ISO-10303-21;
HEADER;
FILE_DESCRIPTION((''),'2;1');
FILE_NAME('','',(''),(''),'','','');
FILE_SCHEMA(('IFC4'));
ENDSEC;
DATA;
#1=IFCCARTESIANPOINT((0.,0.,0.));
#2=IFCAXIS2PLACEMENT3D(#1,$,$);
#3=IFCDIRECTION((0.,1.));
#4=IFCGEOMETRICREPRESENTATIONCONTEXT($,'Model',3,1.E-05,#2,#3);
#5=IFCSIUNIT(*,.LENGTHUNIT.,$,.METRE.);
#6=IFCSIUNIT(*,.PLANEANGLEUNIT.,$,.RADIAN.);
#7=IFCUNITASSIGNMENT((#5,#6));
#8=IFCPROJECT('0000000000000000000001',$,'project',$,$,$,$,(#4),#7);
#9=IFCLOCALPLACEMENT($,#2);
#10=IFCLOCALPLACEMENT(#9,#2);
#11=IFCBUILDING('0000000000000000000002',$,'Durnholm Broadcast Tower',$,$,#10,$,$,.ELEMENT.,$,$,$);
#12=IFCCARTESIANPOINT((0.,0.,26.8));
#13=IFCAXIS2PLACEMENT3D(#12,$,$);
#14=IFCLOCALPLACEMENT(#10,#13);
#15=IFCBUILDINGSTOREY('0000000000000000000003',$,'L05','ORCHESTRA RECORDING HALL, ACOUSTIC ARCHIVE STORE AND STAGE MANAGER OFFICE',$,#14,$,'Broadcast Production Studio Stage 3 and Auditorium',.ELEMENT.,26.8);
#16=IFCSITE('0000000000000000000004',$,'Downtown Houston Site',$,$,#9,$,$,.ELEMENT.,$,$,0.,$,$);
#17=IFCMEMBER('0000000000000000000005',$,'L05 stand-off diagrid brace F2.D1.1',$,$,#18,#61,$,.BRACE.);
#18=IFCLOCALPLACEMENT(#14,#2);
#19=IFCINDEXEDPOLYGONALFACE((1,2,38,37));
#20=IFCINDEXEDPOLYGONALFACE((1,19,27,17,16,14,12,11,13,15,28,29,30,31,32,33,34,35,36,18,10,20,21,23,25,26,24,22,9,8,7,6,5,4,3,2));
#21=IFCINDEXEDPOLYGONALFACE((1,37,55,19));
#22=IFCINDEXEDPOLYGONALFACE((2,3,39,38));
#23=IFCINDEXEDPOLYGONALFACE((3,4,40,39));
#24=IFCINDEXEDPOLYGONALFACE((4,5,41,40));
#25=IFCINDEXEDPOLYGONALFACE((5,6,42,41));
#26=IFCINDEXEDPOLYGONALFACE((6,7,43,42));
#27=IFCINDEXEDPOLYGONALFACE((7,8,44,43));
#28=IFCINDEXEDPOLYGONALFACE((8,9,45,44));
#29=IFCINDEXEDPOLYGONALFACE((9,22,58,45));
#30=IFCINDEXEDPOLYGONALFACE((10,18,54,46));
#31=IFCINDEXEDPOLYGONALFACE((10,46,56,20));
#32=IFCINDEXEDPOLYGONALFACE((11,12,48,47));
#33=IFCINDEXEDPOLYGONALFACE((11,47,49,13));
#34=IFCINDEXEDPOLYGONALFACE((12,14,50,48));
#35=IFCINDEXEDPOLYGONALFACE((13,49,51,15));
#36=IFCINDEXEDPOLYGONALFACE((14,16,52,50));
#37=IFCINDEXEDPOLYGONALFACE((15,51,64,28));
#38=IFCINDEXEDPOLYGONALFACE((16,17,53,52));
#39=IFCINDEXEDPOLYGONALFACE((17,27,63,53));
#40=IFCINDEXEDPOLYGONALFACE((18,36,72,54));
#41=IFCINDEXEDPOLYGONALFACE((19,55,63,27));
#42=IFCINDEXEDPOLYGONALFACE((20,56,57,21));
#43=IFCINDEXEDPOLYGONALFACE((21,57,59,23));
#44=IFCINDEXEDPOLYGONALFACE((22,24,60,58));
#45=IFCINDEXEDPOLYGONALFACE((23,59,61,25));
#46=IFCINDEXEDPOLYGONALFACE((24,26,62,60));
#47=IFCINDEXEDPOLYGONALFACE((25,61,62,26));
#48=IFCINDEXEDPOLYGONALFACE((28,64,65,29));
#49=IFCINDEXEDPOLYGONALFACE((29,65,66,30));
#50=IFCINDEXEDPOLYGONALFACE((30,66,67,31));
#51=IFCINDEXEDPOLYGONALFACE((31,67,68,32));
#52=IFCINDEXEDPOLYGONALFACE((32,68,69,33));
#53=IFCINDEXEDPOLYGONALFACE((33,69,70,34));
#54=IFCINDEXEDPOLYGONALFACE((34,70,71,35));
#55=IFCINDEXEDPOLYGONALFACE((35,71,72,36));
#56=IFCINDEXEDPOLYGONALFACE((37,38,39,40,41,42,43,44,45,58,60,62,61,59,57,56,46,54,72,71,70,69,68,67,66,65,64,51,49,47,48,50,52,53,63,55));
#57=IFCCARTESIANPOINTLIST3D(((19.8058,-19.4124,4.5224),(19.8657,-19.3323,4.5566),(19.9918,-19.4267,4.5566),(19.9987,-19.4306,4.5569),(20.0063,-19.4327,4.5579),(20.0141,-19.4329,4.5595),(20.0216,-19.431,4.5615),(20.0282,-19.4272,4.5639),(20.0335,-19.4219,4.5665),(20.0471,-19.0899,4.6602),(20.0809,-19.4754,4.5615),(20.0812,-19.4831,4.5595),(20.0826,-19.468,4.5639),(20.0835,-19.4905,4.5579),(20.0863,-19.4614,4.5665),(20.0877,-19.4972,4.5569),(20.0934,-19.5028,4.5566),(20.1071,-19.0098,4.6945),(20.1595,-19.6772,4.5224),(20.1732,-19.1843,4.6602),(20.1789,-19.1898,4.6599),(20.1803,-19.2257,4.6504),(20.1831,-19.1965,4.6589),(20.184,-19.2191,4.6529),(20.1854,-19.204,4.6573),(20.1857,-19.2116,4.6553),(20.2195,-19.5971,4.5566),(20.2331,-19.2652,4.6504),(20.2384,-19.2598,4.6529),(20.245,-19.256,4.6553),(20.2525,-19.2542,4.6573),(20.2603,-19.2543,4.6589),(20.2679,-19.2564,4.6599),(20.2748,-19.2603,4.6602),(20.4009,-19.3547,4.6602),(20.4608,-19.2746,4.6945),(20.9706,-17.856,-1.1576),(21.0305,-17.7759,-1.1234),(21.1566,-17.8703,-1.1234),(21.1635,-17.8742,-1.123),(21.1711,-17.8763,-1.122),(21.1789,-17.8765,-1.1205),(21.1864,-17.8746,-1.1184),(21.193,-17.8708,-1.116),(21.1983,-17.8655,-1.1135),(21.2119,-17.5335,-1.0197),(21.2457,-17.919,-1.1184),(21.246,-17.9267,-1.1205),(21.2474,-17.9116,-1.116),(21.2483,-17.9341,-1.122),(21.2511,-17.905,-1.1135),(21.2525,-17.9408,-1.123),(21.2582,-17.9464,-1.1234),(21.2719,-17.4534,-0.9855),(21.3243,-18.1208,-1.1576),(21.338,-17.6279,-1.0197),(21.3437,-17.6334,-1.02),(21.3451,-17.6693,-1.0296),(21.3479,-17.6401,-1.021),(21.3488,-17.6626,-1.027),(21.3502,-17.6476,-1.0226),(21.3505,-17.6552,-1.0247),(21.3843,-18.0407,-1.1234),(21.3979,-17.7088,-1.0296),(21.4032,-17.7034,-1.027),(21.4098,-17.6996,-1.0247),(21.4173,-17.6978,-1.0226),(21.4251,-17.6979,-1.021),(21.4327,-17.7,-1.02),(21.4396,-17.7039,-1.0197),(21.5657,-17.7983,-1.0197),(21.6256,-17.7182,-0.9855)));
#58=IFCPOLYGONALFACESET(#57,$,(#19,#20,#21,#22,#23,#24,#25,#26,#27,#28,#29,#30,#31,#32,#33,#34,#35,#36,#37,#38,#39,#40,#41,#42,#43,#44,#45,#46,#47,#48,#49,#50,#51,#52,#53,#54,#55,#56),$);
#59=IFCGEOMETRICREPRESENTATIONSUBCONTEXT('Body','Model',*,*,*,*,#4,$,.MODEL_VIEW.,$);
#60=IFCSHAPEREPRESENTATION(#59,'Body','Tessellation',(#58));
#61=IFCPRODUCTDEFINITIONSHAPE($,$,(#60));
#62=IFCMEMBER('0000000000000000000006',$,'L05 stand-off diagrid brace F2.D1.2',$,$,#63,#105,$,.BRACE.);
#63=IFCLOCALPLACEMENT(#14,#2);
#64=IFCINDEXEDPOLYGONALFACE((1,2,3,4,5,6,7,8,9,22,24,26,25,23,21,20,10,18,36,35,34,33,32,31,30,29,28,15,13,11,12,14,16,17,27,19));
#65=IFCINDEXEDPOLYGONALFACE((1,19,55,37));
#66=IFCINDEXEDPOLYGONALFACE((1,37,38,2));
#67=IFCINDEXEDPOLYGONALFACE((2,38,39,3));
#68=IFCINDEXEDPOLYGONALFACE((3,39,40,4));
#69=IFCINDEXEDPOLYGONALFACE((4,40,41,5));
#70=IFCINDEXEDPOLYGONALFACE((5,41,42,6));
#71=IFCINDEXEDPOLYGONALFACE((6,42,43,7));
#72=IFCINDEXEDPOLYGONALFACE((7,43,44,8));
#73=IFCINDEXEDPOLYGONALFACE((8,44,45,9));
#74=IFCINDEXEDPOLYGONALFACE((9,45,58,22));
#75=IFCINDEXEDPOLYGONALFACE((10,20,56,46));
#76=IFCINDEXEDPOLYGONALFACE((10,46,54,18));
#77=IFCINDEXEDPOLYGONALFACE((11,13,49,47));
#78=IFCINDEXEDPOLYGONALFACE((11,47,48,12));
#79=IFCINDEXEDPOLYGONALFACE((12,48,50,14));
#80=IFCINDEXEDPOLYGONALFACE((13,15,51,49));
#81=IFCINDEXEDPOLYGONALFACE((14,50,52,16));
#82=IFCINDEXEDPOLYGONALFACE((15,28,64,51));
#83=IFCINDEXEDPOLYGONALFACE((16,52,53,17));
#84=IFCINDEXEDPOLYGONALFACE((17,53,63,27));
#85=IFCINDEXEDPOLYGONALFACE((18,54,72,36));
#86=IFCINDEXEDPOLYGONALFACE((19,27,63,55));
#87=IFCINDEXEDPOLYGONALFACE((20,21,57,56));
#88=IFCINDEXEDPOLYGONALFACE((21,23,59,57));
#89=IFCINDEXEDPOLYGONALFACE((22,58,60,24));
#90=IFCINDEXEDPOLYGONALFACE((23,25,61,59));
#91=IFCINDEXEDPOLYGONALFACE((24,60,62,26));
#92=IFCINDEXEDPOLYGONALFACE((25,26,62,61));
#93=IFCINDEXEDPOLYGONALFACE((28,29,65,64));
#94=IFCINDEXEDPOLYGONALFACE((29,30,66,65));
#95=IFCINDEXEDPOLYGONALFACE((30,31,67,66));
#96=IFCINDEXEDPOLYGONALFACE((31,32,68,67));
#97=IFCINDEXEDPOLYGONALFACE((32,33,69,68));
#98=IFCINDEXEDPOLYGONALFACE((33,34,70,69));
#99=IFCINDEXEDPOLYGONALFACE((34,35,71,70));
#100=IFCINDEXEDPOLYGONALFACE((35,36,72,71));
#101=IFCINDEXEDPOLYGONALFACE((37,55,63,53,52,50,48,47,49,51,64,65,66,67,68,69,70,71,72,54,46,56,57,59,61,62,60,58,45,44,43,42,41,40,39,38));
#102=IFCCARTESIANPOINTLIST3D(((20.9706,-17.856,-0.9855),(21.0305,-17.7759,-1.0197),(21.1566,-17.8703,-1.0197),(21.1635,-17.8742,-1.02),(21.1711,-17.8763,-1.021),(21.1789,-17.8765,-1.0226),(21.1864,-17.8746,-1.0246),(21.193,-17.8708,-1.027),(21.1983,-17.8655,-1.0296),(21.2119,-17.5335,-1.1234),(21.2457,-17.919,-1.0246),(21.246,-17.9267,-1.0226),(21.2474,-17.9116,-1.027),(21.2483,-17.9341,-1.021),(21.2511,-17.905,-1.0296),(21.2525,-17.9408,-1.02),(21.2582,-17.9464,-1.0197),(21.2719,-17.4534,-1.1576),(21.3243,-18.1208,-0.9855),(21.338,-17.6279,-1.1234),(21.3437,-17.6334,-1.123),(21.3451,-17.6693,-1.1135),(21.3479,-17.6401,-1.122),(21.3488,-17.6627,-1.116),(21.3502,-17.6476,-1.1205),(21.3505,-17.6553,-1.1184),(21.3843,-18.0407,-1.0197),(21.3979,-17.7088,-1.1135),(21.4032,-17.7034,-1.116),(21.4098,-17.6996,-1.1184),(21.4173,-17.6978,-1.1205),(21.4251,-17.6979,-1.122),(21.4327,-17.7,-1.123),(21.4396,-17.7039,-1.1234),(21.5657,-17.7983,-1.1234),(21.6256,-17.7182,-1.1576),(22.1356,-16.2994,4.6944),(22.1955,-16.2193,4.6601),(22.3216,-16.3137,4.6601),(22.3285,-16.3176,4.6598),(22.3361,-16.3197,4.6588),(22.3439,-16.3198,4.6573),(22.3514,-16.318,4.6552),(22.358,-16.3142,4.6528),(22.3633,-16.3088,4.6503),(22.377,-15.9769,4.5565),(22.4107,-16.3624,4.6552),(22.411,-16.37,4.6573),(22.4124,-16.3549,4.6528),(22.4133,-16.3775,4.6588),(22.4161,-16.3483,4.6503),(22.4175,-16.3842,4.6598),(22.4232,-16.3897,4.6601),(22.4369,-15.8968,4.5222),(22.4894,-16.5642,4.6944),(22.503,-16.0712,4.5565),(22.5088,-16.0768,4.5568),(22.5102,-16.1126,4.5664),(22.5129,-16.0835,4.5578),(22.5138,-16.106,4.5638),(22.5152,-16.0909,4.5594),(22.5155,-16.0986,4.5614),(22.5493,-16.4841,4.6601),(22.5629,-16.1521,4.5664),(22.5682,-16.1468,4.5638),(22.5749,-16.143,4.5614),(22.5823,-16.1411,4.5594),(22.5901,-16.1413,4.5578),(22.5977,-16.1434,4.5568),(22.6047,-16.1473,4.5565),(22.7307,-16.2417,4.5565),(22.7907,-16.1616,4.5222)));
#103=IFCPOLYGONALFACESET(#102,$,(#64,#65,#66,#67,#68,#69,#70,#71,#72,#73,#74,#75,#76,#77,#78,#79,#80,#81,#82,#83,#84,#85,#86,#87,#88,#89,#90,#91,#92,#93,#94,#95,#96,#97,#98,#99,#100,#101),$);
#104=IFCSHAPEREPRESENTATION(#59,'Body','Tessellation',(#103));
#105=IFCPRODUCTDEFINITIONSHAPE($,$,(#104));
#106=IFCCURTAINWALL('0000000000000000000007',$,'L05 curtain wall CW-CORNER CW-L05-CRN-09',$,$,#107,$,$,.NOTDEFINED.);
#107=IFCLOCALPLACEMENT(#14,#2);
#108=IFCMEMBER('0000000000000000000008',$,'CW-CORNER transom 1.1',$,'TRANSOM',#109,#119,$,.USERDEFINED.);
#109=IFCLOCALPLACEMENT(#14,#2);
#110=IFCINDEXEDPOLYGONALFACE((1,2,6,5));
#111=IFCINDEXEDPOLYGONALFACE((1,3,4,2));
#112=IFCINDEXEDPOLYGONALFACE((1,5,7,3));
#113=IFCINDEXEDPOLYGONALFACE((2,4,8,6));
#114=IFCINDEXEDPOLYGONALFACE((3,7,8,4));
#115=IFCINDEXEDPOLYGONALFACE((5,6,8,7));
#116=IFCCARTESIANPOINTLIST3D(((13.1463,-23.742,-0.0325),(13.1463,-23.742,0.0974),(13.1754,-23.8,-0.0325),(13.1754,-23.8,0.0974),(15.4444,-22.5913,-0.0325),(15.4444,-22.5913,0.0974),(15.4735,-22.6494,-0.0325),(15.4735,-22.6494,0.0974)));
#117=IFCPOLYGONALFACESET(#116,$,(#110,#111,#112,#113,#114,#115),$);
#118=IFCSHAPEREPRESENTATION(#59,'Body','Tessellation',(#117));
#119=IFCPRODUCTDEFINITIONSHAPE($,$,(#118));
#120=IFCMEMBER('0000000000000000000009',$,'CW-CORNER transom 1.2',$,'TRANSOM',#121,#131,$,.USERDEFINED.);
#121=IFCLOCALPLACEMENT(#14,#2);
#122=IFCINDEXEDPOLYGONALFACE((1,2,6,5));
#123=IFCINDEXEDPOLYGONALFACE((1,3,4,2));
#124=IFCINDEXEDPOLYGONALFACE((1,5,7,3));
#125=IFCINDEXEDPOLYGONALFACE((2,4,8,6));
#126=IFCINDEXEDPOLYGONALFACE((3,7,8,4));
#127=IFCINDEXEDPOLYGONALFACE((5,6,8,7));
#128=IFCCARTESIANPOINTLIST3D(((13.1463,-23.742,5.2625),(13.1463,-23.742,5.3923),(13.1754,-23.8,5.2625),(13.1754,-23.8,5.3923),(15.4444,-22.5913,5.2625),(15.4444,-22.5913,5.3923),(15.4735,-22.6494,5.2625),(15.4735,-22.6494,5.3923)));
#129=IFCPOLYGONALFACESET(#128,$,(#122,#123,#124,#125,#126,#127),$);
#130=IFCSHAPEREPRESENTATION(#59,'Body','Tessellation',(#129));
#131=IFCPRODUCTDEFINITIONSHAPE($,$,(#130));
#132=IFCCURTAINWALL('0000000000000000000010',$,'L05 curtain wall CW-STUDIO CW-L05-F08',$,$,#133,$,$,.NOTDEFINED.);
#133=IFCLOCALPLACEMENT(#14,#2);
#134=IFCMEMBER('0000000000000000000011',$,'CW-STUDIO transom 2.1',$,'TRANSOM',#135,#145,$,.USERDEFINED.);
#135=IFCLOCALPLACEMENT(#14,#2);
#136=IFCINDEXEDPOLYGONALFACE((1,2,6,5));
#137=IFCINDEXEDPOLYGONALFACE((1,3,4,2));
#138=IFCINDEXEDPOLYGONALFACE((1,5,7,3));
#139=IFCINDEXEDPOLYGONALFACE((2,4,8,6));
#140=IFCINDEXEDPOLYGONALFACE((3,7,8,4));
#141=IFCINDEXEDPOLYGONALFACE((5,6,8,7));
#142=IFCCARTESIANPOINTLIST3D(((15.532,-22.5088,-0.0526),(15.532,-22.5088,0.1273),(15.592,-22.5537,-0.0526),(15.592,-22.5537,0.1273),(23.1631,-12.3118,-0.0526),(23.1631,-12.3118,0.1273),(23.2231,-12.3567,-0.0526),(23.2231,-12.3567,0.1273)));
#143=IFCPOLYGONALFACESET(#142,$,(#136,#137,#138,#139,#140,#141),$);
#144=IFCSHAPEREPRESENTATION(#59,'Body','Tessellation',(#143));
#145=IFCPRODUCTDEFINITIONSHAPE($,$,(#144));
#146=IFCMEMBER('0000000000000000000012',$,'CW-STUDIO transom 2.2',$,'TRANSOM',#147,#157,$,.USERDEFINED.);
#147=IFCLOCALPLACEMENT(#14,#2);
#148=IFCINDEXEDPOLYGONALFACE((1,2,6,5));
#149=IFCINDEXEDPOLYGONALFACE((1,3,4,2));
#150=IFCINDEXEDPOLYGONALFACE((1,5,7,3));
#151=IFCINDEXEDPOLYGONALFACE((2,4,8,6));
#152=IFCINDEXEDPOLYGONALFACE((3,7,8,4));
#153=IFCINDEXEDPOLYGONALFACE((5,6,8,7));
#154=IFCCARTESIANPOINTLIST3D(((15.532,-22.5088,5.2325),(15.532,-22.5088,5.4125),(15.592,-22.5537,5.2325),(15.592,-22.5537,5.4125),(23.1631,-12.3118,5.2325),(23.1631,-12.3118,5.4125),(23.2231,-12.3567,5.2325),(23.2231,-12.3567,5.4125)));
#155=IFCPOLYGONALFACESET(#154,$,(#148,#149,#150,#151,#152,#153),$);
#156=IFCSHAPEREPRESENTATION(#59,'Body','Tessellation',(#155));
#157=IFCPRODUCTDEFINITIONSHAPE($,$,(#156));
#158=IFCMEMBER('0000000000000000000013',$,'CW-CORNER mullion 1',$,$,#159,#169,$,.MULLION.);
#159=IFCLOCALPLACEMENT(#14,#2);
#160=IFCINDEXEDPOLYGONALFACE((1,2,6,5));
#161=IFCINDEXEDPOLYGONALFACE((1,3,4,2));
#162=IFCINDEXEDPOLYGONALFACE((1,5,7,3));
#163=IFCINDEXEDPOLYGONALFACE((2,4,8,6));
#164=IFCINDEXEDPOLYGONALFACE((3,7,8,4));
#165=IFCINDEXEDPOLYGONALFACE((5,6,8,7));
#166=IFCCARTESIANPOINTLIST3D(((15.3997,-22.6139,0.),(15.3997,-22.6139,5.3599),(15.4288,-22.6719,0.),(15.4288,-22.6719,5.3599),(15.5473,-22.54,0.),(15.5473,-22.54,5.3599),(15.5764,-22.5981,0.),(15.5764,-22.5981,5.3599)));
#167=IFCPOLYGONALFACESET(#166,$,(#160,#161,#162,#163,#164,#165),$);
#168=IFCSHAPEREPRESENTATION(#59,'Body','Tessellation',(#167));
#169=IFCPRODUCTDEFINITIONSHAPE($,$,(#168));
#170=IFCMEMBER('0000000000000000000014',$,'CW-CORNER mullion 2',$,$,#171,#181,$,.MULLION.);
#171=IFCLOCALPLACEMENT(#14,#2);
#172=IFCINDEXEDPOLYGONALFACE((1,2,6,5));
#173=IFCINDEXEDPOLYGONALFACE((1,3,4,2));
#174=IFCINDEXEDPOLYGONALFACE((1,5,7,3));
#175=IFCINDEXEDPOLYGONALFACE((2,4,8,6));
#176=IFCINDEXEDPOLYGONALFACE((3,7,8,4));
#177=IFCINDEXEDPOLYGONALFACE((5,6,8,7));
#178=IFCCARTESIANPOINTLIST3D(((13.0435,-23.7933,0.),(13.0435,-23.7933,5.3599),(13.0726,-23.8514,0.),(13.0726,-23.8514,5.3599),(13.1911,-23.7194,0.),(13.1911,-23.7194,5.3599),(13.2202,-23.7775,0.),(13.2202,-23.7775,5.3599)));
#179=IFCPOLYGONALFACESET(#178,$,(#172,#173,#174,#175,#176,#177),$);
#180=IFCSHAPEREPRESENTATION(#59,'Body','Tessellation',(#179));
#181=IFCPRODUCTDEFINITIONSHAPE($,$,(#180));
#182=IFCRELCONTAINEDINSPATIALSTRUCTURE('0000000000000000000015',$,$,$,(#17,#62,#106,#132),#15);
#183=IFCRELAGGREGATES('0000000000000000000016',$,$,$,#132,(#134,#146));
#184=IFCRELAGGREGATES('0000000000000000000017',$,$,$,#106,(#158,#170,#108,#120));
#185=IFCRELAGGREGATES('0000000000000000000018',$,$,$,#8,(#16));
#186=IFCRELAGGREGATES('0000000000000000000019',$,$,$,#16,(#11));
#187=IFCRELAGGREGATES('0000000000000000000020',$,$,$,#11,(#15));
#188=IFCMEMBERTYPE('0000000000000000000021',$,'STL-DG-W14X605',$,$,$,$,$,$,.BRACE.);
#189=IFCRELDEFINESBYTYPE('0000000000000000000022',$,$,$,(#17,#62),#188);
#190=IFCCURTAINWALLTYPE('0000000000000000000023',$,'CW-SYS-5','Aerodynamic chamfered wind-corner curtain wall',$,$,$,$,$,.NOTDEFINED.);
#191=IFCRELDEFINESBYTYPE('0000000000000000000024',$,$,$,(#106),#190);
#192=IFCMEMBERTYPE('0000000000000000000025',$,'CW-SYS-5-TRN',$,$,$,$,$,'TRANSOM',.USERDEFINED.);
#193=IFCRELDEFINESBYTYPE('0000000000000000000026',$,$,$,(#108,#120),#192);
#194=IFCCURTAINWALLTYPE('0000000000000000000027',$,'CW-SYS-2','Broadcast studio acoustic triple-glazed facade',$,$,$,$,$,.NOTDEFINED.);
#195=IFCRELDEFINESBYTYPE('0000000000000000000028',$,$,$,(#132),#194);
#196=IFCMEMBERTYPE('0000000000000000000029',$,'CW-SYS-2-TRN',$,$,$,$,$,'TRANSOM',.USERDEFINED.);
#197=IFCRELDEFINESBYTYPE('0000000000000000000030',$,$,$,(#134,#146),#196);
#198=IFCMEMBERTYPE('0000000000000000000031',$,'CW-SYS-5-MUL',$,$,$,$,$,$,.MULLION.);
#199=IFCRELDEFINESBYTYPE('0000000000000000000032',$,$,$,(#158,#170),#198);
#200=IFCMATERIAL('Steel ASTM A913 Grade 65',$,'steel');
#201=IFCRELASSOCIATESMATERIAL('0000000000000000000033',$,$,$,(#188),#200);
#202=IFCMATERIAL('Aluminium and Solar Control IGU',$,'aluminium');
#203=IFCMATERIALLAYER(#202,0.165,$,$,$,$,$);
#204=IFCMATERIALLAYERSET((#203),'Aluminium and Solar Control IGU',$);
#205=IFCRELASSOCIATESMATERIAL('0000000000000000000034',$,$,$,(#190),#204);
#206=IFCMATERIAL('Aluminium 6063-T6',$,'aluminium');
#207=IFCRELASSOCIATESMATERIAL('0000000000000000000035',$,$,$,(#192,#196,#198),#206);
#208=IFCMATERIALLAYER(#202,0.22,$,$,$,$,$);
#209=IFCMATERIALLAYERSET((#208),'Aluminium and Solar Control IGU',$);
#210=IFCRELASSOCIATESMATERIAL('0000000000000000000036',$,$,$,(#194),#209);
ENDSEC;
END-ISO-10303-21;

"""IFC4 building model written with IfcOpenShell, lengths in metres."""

from ifc_helpers import new_model, si_unit, direction, frame, origin, origin_2d, place, context, subcontext, project, spatial, rectangle, i_section, extrude, source, transform, mapped, material, layer, layer_set, material_profile, profile_set, type_object, type_shapes, element, aggregate, save


model = new_model("IFC4")

# Units and contexts
model_context = context("Model", 3, precision=1e-05, world=origin(), true_north=direction((0.0, 1.0)))
body_context = subcontext(model_context, "Body", "Model", "MODEL_VIEW")
ifc_project = project(units=[si_unit("LENGTHUNIT", "METRE"), si_unit("PLANEANGLEUNIT", "RADIAN")], contexts=[model_context])

# Site, building, storey
site_placement = place(None, origin())
site = spatial("IfcSite", under=ifc_project, at=site_placement, Name="Downtown Houston Site", CompositionType="ELEMENT", RefElevation=0.0)
building_placement = place(site_placement, origin())
building = spatial("IfcBuilding", under=site, at=building_placement, Name="Durnholm Broadcast Tower", CompositionType="ELEMENT")
storey_placement = place(building_placement, frame((0.0, 0.0, 26.8)))
storey = spatial("IfcBuildingStorey", under=building, at=storey_placement, Name="L05", Description="ORCHESTRA RECORDING HALL, ACOUSTIC ARCHIVE STORE AND STAGE MANAGER OFFICE", LongName="Broadcast Production Studio Stage 3 and Auditorium", CompositionType="ELEMENT", Elevation=26.8)

# Shared definitions
ifc_material_1 = material(Name="Steel ASTM A913 Grade 65", Category="steel")

# Members
ifc_material_profile_1 = material_profile(ifc_material_1, i_section(OverallWidth=0.4419, OverallDepth=0.5315, WebThickness=0.0659, FlangeThickness=0.1057, FilletRadius=0.0305, at=origin_2d()), Name="W14X605")
ifc_profile_set_1 = profile_set([ifc_material_profile_1], Name="Steel ASTM A913 Grade 65")
member_type_1 = type_object("IfcMemberType", Name="STL-DG-W14X605", PredefinedType="BRACE", material=ifc_profile_set_1)
shared_shape_1 = source(origin(), body_context, "Body", "SweptSolid", [
    extrude(i_section(OverallWidth=0.4419, OverallDepth=0.5315, WebThickness=0.0659, FlangeThickness=0.1057, FilletRadius=0.0305, at=origin_2d()), origin(), (0.0, 0.0, 1.0), 6.0034),
])
type_shapes(member_type_1, [shared_shape_1])
for number, where, z_axis, x_axis, name in (
    (1, (21.2981, -17.7871, -1.0715), (-0.194023, -0.259253, 0.94612), (0.800617, -0.599176, 0.0), "L05 stand-off diagrid brace F2.D1.1"),
    (2, (21.2981, -17.7871, -1.0715), (0.19406, 0.259289, 0.946103), (-0.800602, 0.599196, 0.0), "L05 stand-off diagrid brace F2.D1.2"),
):
    element("IfcMember", number, at=place(storey_placement, frame(where, z_axis=z_axis, x_axis=x_axis)), inside=storey, type_object=member_type_1, Name=name, PredefinedType="BRACE", context=body_context, shape_type="MappedRepresentation", body=[
        mapped(shared_shape_1, transform((0.0, 0.0, 0.0), x_axis=(1.0, 0.0, 0.0), y_axis=(0.0, 1.0, 0.0), z_axis=(0.0, 0.0, 1.0), scale=1.0)),
    ])

# Curtain walls, members
ifc_material_2 = material(Name="Aluminium and Solar Control IGU", Category="aluminium")
ifc_layer_1 = layer(ifc_material_2, 0.165)
ifc_layer_set_1 = layer_set([ifc_layer_1], Name="Aluminium and Solar Control IGU")
curtain_wall_type_1 = type_object("IfcCurtainWallType", Name="CW-SYS-5", Description="Aerodynamic chamfered wind-corner curtain wall", PredefinedType="NOTDEFINED", material=ifc_layer_set_1)
curtain_wall_1_placement = place(storey_placement, origin())
curtain_wall_1 = element("IfcCurtainWall", 3, at=curtain_wall_1_placement, inside=storey, type_object=curtain_wall_type_1, Name="L05 curtain wall CW-CORNER CW-L05-CRN-09", PredefinedType="NOTDEFINED")
ifc_material_3 = material(Name="Aluminium 6063-T6", Category="aluminium")
ifc_material_profile_2 = material_profile(ifc_material_3, rectangle(XDim=0.0649, YDim=0.1299, at=origin_2d()), Name="CWT65X130")
ifc_profile_set_2 = profile_set([ifc_material_profile_2], Name="Aluminium 6063-T6")
member_type_2 = type_object("IfcMemberType", Name="CW-SYS-5-TRN", ElementType="TRANSOM", PredefinedType="USERDEFINED", material=ifc_profile_set_2)
shared_shape_2 = source(origin(), body_context, "Body", "SweptSolid", [
    extrude(rectangle(XDim=0.0649, YDim=0.1299, at=origin_2d()), origin(), (0.0, 0.0, 1.0), 2.5701),
])
type_shapes(member_type_2, [shared_shape_2])
member_1_placement = place(storey_placement, frame((15.459, -22.6204, 0.0325), z_axis=(-0.89418, -0.447707, 0.0), x_axis=(0.447707, -0.89418, 0.0)))
member_1 = element("IfcMember", 4, at=member_1_placement, type_object=member_type_2, Name="CW-CORNER transom 1.1", ObjectType="TRANSOM", PredefinedType="USERDEFINED", context=body_context, shape_type="MappedRepresentation", body=[
    mapped(shared_shape_2, transform((0.0, 0.0, 0.0), x_axis=(1.0, 0.0, 0.0), y_axis=(0.0, 1.0, 0.0), z_axis=(0.0, 0.0, 1.0), scale=1.0)),
])
member_2_placement = place(storey_placement, frame((15.459, -22.6204, 5.3274), z_axis=(-0.89418, -0.447707, 0.0), x_axis=(0.447707, -0.89418, 0.0)))
member_2 = element("IfcMember", 5, at=member_2_placement, type_object=member_type_2, Name="CW-CORNER transom 1.2", ObjectType="TRANSOM", PredefinedType="USERDEFINED", context=body_context, shape_type="MappedRepresentation", body=[
    mapped(shared_shape_2, transform((0.0, 0.0, 0.0), x_axis=(1.0, 0.0, 0.0), y_axis=(0.0, 1.0, 0.0), z_axis=(0.0, 0.0, 1.0), scale=1.0)),
])
ifc_layer_2 = layer(ifc_material_2, 0.22)
ifc_layer_set_2 = layer_set([ifc_layer_2], Name="Aluminium and Solar Control IGU")
curtain_wall_type_2 = type_object("IfcCurtainWallType", Name="CW-SYS-2", Description="Broadcast studio acoustic triple-glazed facade", PredefinedType="NOTDEFINED", material=ifc_layer_set_2)
curtain_wall_2_placement = place(storey_placement, origin())
curtain_wall_2 = element("IfcCurtainWall", 6, at=curtain_wall_2_placement, inside=storey, type_object=curtain_wall_type_2, Name="L05 curtain wall CW-STUDIO CW-L05-F08", PredefinedType="NOTDEFINED")
ifc_material_profile_3 = material_profile(ifc_material_3, rectangle(XDim=0.075, YDim=0.1799, at=origin_2d()), Name="CWT75X180")
ifc_profile_set_3 = profile_set([ifc_material_profile_3], Name="Aluminium 6063-T6")
member_type_3 = type_object("IfcMemberType", Name="CW-SYS-2-TRN", ElementType="TRANSOM", PredefinedType="USERDEFINED", material=ifc_profile_set_3)
shared_shape_3 = source(origin(), body_context, "Body", "SweptSolid", [
    extrude(rectangle(XDim=0.075, YDim=0.1799, at=origin_2d()), origin(), (0.0, 0.0, 1.0), 12.7363),
])
type_shapes(member_type_3, [shared_shape_3])
member_3_placement = place(storey_placement, frame((23.1931, -12.3342, 0.0374), z_axis=(-0.599162, -0.800628, 0.0), x_axis=(0.800628, -0.599162, 0.0)))
member_3 = element("IfcMember", 7, at=member_3_placement, type_object=member_type_3, Name="CW-STUDIO transom 2.1", ObjectType="TRANSOM", PredefinedType="USERDEFINED", context=body_context, shape_type="MappedRepresentation", body=[
    mapped(shared_shape_3, transform((0.0, 0.0, 0.0), x_axis=(1.0, 0.0, 0.0), y_axis=(0.0, 1.0, 0.0), z_axis=(0.0, 0.0, 1.0), scale=1.0)),
])
member_4_placement = place(storey_placement, frame((23.1931, -12.3342, 5.3225), z_axis=(-0.599162, -0.800628, 0.0), x_axis=(0.800628, -0.599162, 0.0)))
member_4 = element("IfcMember", 8, at=member_4_placement, type_object=member_type_3, Name="CW-STUDIO transom 2.2", ObjectType="TRANSOM", PredefinedType="USERDEFINED", context=body_context, shape_type="MappedRepresentation", body=[
    mapped(shared_shape_3, transform((0.0, 0.0, 0.0), x_axis=(1.0, 0.0, 0.0), y_axis=(0.0, 1.0, 0.0), z_axis=(0.0, 0.0, 1.0), scale=1.0)),
])

# Members
ifc_material_profile_4 = material_profile(ifc_material_3, rectangle(XDim=0.0649, YDim=0.165, at=origin_2d()), Name="CWM65X165")
ifc_profile_set_4 = profile_set([ifc_material_profile_4], Name="Aluminium 6063-T6")
member_type_4 = type_object("IfcMemberType", Name="CW-SYS-5-MUL", PredefinedType="MULLION", material=ifc_profile_set_4)
shared_shape_4 = source(origin(), body_context, "Body", "SweptSolid", [
    extrude(rectangle(XDim=0.0649, YDim=0.165, at=origin_2d()), origin(), (0.0, 0.0, 1.0), 5.3599),
])
type_shapes(member_type_4, [shared_shape_4])
member_5_placement = place(storey_placement, frame((15.488, -22.606, 0.0), z_axis=(0.0, 0.0, 1.0), x_axis=(0.447673, -0.894197, 0.0)))
member_5 = element("IfcMember", 9, at=member_5_placement, type_object=member_type_4, Name="CW-CORNER mullion 1", PredefinedType="MULLION", context=body_context, shape_type="MappedRepresentation", body=[
    mapped(shared_shape_4, transform((0.0, 0.0, 0.0), x_axis=(1.0, 0.0, 0.0), y_axis=(0.0, 1.0, 0.0), z_axis=(0.0, 0.0, 1.0), scale=1.0)),
])
member_6_placement = place(storey_placement, frame((13.1318, -23.7854, 0.0), z_axis=(0.0, 0.0, 1.0), x_axis=(0.447673, -0.894197, 0.0)))
member_6 = element("IfcMember", 10, at=member_6_placement, type_object=member_type_4, Name="CW-CORNER mullion 2", PredefinedType="MULLION", context=body_context, shape_type="MappedRepresentation", body=[
    mapped(shared_shape_4, transform((0.0, 0.0, 0.0), x_axis=(1.0, 0.0, 0.0), y_axis=(0.0, 1.0, 0.0), z_axis=(0.0, 0.0, 1.0), scale=1.0)),
])

aggregate(curtain_wall_2, [member_3, member_4])
aggregate(curtain_wall_1, [member_5, member_6, member_1, member_2])

save(model, "model.ifc")
